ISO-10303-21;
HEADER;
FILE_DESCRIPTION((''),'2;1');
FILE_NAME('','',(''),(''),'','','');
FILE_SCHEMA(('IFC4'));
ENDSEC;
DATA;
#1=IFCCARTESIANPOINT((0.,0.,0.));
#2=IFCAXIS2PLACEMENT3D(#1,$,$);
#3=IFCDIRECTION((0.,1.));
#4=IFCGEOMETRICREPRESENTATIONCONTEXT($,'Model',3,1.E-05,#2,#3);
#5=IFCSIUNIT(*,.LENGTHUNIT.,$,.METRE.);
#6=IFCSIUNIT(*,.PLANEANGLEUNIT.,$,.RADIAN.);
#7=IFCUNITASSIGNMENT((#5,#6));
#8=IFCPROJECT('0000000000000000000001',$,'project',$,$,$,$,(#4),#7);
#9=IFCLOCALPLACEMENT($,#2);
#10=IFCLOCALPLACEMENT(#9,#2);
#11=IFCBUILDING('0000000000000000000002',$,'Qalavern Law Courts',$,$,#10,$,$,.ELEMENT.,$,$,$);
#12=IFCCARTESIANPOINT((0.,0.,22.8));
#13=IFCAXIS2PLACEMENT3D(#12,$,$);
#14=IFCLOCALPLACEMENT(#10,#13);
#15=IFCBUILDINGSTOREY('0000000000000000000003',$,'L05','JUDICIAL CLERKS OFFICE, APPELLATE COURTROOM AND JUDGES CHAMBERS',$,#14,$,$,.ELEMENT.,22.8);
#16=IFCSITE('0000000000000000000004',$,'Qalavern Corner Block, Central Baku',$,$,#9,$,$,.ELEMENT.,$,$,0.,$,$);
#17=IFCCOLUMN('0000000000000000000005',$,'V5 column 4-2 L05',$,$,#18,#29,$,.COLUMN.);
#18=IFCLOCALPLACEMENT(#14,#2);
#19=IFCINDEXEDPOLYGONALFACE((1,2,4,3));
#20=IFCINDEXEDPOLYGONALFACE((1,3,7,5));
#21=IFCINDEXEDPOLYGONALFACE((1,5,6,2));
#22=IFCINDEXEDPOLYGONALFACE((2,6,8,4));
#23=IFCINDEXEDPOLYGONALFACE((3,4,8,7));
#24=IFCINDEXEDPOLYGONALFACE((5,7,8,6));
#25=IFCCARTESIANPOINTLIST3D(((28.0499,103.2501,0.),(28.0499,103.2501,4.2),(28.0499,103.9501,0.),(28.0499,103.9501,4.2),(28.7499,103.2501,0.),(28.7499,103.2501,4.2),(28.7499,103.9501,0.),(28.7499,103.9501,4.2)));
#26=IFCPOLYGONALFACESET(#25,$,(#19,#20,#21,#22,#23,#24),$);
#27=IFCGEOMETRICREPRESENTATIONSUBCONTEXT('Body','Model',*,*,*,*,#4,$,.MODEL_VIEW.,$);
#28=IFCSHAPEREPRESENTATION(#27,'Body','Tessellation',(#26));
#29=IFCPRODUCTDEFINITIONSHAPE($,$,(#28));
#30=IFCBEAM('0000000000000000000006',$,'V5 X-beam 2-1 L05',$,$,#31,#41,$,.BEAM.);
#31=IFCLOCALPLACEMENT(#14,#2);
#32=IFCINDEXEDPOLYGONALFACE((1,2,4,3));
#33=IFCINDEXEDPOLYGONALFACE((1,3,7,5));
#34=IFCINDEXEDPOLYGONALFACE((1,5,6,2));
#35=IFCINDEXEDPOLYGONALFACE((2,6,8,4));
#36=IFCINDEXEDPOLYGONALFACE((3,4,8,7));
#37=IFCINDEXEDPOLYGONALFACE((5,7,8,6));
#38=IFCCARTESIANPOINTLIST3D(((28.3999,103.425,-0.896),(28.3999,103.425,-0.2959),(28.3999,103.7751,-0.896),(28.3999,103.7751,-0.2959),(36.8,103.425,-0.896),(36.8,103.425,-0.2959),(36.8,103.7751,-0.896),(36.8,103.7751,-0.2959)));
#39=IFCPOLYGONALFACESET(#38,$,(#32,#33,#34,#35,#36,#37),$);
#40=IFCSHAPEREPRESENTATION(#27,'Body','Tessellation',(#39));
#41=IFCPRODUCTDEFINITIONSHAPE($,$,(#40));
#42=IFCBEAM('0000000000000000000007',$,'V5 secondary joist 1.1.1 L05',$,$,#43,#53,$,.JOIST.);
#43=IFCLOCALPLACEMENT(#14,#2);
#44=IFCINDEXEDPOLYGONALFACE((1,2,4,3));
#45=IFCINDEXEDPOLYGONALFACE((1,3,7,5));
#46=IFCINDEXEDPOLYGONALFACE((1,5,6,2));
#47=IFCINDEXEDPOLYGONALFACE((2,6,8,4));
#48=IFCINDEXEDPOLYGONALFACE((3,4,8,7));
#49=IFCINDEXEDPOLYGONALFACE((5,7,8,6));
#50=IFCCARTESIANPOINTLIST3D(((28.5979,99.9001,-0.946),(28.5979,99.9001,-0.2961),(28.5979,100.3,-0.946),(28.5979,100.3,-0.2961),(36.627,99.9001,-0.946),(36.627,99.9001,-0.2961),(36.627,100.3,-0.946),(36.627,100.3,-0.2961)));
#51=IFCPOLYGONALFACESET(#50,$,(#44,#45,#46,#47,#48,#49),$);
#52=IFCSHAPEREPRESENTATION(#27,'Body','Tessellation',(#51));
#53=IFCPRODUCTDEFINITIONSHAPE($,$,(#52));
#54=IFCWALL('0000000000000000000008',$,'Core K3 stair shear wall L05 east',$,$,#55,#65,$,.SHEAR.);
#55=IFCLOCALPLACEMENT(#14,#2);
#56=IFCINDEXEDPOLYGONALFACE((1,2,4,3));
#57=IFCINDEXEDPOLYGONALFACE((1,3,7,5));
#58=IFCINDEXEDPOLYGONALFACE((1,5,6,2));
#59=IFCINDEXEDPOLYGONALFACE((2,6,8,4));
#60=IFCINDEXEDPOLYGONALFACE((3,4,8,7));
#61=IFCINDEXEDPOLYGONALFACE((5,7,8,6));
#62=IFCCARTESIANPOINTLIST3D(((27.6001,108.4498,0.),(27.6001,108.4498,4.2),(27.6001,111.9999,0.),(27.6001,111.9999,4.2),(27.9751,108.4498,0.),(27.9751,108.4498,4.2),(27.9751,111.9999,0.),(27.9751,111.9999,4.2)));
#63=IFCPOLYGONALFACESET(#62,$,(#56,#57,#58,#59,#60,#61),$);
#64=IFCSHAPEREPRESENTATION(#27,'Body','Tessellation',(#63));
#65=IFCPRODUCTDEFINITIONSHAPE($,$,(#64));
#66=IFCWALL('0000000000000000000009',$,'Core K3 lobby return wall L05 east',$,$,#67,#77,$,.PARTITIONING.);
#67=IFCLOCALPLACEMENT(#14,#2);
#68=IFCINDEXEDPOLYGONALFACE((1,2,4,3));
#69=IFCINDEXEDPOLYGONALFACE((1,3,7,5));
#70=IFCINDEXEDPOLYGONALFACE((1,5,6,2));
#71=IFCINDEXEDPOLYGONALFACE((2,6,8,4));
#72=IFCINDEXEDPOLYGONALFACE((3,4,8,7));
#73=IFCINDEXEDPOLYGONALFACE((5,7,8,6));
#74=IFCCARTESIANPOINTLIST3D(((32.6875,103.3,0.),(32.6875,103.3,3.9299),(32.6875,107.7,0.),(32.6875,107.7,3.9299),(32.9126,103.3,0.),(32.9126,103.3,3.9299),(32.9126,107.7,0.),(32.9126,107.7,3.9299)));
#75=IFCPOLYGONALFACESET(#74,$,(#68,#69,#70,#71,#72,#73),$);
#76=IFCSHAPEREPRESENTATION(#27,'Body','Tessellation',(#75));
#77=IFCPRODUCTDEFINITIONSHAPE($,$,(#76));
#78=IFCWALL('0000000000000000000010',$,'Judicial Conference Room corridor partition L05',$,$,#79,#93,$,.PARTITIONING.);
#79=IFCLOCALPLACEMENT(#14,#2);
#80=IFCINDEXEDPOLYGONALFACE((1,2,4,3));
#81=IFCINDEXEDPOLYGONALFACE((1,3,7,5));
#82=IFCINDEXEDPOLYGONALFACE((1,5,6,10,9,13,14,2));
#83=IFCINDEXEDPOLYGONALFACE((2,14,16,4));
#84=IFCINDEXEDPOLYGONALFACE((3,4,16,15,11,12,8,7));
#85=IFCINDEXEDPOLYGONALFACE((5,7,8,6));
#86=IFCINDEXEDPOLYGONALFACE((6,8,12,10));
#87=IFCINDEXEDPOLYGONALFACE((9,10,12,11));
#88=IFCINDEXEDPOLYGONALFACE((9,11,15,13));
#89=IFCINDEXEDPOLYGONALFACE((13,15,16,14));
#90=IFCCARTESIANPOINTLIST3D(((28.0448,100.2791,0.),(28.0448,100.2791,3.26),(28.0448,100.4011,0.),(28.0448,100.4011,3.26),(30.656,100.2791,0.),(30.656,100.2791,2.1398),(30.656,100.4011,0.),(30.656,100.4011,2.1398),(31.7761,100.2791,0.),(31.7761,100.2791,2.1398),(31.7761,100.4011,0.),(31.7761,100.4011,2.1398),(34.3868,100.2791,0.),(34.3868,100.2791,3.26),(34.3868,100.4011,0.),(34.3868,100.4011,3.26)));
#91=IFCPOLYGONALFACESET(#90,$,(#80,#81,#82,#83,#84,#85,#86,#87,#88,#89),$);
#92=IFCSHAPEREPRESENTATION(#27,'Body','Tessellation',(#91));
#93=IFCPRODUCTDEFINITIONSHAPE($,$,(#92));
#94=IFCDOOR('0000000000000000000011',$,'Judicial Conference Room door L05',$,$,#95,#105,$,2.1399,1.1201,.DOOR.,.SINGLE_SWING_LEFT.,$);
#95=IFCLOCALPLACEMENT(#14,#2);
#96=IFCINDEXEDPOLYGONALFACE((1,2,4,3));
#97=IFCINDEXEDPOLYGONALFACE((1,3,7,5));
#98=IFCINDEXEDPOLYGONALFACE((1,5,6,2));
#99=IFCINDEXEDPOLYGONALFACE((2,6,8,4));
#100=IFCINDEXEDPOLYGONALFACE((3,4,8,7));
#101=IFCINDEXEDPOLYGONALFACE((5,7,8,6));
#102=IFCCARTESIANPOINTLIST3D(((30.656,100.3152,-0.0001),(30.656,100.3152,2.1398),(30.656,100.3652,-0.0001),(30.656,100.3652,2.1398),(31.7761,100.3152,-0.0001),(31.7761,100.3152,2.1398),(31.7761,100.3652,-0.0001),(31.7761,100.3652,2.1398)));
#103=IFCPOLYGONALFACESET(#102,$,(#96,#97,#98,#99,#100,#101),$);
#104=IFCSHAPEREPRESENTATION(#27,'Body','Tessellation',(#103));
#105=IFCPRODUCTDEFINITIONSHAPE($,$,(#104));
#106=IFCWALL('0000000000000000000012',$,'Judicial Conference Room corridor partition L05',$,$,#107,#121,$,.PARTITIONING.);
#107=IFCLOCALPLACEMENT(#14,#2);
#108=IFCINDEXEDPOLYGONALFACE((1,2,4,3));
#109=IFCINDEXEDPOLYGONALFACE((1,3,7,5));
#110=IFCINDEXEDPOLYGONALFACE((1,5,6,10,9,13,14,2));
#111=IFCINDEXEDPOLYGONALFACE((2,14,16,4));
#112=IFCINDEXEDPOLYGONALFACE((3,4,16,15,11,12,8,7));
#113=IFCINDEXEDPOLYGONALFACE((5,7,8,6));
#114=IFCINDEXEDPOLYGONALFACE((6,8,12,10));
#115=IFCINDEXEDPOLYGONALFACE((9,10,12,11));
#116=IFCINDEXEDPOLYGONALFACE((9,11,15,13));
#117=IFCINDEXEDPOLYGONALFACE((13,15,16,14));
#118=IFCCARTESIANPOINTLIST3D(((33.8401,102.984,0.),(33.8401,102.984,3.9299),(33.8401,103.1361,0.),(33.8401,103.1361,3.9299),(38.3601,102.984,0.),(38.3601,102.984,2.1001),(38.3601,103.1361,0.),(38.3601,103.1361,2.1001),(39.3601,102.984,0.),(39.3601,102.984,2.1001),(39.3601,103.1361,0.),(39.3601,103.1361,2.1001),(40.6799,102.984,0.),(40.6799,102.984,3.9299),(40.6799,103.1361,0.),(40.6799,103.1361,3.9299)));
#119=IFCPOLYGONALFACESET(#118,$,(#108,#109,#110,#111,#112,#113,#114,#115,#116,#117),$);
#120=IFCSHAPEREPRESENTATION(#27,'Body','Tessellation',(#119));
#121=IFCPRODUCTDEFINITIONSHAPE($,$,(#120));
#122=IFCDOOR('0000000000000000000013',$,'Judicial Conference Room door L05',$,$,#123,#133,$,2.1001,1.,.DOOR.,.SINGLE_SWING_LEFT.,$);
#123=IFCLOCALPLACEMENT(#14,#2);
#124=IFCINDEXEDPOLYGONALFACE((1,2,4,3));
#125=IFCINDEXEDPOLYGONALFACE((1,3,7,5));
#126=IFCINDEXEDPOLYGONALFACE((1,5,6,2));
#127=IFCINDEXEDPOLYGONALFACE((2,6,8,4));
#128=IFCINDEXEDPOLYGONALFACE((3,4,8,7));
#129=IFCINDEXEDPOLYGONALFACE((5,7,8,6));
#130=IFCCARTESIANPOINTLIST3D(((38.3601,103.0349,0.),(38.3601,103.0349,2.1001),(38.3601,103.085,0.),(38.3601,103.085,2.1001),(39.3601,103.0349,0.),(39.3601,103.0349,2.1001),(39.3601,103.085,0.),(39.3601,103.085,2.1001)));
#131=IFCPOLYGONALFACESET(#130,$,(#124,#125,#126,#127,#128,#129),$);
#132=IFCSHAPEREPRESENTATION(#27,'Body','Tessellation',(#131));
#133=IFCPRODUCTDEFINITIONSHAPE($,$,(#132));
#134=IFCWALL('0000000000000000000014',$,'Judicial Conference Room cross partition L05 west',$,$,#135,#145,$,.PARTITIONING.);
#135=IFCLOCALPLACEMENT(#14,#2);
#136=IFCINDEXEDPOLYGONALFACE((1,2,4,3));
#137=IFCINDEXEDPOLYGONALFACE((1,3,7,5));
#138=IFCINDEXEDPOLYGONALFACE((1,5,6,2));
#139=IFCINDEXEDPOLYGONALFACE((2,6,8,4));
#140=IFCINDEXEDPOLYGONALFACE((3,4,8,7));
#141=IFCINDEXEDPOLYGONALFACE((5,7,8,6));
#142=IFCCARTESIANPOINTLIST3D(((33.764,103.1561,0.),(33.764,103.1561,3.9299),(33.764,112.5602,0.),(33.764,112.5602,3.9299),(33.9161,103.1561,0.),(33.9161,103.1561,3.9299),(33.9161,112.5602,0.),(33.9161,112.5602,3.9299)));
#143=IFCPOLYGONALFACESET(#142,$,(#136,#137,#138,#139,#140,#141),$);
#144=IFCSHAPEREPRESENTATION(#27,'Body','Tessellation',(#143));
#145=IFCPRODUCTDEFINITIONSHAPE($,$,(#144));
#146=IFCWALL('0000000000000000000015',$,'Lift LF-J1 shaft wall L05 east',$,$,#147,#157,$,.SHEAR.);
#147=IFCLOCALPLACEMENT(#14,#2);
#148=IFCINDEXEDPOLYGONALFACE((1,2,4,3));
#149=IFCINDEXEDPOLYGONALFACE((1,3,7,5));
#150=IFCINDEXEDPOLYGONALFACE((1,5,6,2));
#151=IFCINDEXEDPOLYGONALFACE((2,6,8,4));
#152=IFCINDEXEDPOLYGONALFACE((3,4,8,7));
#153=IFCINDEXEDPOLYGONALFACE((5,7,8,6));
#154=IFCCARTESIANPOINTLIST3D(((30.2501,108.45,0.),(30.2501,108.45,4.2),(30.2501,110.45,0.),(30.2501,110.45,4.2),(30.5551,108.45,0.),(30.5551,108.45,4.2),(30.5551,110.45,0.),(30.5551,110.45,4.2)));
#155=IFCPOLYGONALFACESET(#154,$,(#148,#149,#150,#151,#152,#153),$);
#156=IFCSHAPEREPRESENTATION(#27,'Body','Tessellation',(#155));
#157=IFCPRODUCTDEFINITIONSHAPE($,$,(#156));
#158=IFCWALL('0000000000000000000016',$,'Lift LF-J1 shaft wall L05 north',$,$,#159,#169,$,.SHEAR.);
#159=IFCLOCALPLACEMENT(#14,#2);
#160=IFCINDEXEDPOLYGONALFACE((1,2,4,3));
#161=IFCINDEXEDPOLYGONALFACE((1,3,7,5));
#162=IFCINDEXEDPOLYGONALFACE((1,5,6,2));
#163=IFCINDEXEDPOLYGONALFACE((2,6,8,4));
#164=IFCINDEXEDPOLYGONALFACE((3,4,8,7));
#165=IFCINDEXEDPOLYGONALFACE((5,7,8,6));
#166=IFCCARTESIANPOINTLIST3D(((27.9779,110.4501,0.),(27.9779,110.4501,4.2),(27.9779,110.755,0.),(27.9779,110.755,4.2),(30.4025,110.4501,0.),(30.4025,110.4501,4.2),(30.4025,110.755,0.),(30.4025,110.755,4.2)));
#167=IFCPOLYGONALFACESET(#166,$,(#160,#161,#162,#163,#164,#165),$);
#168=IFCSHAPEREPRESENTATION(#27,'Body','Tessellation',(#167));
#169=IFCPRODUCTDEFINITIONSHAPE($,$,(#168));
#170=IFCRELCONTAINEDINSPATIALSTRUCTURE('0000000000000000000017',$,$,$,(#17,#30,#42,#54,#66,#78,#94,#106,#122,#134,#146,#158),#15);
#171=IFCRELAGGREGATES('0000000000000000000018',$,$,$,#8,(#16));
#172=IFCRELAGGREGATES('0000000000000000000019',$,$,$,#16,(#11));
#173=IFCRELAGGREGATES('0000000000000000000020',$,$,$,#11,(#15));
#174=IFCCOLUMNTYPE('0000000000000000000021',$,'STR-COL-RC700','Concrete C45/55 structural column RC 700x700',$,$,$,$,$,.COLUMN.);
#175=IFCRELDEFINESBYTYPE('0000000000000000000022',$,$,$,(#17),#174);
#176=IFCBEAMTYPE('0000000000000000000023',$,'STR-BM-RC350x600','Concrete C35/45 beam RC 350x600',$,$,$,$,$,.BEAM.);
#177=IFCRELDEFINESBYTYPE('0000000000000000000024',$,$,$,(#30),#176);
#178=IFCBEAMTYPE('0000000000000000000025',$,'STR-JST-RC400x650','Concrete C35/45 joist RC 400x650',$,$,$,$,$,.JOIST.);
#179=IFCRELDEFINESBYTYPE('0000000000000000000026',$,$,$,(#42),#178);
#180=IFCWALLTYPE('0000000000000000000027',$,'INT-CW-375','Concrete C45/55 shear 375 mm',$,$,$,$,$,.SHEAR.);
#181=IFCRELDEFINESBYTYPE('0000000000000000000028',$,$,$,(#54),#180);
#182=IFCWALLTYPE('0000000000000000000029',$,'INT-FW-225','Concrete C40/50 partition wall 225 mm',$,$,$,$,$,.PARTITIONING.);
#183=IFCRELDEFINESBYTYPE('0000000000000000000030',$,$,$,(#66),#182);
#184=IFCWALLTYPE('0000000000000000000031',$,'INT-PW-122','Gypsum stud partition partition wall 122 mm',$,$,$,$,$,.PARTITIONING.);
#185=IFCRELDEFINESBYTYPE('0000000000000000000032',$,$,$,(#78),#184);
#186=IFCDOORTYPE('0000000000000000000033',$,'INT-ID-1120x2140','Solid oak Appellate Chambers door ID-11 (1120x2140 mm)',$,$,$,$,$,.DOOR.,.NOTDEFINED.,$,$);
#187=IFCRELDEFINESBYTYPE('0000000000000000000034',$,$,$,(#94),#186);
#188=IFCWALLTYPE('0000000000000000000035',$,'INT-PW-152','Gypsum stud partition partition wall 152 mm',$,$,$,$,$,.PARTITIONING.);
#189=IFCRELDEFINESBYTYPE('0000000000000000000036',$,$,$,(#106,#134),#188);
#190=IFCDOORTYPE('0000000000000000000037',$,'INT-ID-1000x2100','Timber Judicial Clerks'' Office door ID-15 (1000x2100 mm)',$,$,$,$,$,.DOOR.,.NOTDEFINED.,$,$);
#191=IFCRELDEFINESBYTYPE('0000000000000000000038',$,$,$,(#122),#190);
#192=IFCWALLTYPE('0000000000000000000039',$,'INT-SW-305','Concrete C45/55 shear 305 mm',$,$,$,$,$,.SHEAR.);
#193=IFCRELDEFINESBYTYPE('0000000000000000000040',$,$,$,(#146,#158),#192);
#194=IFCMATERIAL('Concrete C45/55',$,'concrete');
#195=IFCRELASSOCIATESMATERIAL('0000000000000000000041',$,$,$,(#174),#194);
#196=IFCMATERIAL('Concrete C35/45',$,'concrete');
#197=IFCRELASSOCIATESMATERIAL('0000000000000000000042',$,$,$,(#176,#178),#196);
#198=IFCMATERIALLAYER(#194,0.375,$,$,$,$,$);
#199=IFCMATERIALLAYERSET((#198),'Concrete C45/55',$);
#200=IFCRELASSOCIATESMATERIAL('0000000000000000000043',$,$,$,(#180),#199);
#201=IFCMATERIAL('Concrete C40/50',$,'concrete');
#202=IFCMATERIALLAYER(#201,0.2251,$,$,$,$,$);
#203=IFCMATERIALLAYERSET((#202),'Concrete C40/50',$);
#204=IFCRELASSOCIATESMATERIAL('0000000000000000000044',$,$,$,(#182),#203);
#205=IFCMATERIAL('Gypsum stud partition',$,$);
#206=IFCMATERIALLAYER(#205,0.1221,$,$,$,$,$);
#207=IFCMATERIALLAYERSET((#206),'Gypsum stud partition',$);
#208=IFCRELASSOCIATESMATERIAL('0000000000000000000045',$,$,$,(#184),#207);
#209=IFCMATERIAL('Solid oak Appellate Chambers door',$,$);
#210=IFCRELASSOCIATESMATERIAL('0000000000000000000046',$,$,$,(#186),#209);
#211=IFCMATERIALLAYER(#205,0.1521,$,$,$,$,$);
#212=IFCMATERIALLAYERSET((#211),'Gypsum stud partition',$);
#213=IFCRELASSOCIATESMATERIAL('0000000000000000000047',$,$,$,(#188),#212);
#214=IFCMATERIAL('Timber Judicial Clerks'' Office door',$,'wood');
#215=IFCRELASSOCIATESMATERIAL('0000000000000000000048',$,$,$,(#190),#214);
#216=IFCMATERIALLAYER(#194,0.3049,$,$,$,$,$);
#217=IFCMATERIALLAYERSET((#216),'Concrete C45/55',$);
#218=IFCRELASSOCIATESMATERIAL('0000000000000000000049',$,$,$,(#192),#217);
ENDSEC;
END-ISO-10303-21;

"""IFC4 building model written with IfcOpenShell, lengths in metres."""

from ifc_helpers import new_model, si_unit, direction, frame, frame_2d, origin, origin_2d, place, context, subcontext, project, spatial, rectangle, extrude, material, layer, layer_set, material_profile, profile_set, type_object, element, fill, save


model = new_model("IFC4")

# Units and contexts
model_context = context("Model", 3, precision=1e-05, world=origin(), true_north=direction((0.0, 1.0)))
body_context = subcontext(model_context, "Body", "Model", "MODEL_VIEW")
ifc_project = project(units=[si_unit("LENGTHUNIT", "METRE"), si_unit("PLANEANGLEUNIT", "RADIAN")], contexts=[model_context])

# Site, building, storey
site_placement = place(None, origin())
site = spatial("IfcSite", under=ifc_project, at=site_placement, Name="Qalavern Corner Block, Central Baku", CompositionType="ELEMENT", RefElevation=0.0)
building_placement = place(site_placement, origin())
building = spatial("IfcBuilding", under=site, at=building_placement, Name="Qalavern Law Courts", CompositionType="ELEMENT")
storey_placement = place(building_placement, frame((0.0, 0.0, 22.8)))
storey = spatial("IfcBuildingStorey", under=building, at=storey_placement, Name="L05", Description="JUDICIAL CLERKS OFFICE, APPELLATE COURTROOM AND JUDGES CHAMBERS", CompositionType="ELEMENT", Elevation=22.8)

# Column
ifc_material_1 = material(Name="Concrete C45/55", Category="concrete")
ifc_material_profile_1 = material_profile(ifc_material_1, rectangle(XDim=0.7, YDim=0.7, at=origin_2d()), Name="RC 700x700")
ifc_profile_set_1 = profile_set([ifc_material_profile_1], Name="Concrete C45/55")
column_type = type_object("IfcColumnType", Name="STR-COL-RC700", Description="Concrete C45/55 structural column RC 700x700", PredefinedType="COLUMN", material=ifc_profile_set_1)
column_placement = place(storey_placement, frame((28.3999, 103.6001, 0.0), z_axis=(0.0, 0.0, 1.0), x_axis=(1.0, 0.0, 0.0)))
element("IfcColumn", 1, at=column_placement, inside=storey, type_object=column_type, Name="V5 column 4-2 L05", PredefinedType="COLUMN", context=body_context, shape_type="SweptSolid", body=[
    extrude(rectangle(XDim=0.7, YDim=0.7, at=origin_2d()), origin(), (0.0, 0.0, 1.0), 4.2),
])

# Beams
ifc_material_2 = material(Name="Concrete C35/45", Category="concrete")
ifc_material_profile_2 = material_profile(ifc_material_2, rectangle(XDim=0.3501, YDim=0.6001, at=origin_2d()), Name="RC 350x600")
ifc_profile_set_2 = profile_set([ifc_material_profile_2], Name="Concrete C35/45")
beam_type_1 = type_object("IfcBeamType", Name="STR-BM-RC350x600", Description="Concrete C35/45 beam RC 350x600", PredefinedType="BEAM", material=ifc_profile_set_2)
beam_1_placement = place(storey_placement, frame((28.3999, 103.6001, -0.5959), z_axis=(1.0, 0.0, 0.0), x_axis=(0.0, 1.0, 0.0)))
element("IfcBeam", 2, at=beam_1_placement, inside=storey, type_object=beam_type_1, Name="V5 X-beam 2-1 L05", PredefinedType="BEAM", context=body_context, shape_type="SweptSolid", body=[
    extrude(rectangle(XDim=0.3501, YDim=0.6001, at=origin_2d()), origin(), (0.0, 0.0, 1.0), 8.4001),
])
ifc_material_profile_3 = material_profile(ifc_material_2, rectangle(XDim=0.3999, YDim=0.6499, at=origin_2d()), Name="RC 400x650")
ifc_profile_set_3 = profile_set([ifc_material_profile_3], Name="Concrete C35/45")
beam_type_2 = type_object("IfcBeamType", Name="STR-JST-RC400x650", Description="Concrete C35/45 joist RC 400x650", PredefinedType="JOIST", material=ifc_profile_set_3)
beam_2_placement = place(storey_placement, frame((28.5979, 100.1001, -0.6211), z_axis=(1.0, 0.0, 0.0), x_axis=(0.0, 1.0, 0.0)))
element("IfcBeam", 3, at=beam_2_placement, inside=storey, type_object=beam_type_2, Name="V5 secondary joist 1.1.1 L05", PredefinedType="JOIST", context=body_context, shape_type="SweptSolid", body=[
    extrude(rectangle(XDim=0.3999, YDim=0.6499, at=origin_2d()), origin(), (0.0, 0.0, 1.0), 8.0291),
])

# Walls
ifc_layer_1 = layer(ifc_material_1, 0.375)
ifc_layer_set_1 = layer_set([ifc_layer_1], Name="Concrete C45/55")
wall_type_1 = type_object("IfcWallType", Name="INT-CW-375", Description="Concrete C45/55 shear 375 mm", PredefinedType="SHEAR", material=ifc_layer_set_1)
wall_1_placement = place(storey_placement, frame((27.7876, 108.45, 0.0), z_axis=(0.0, 0.0, 1.0), x_axis=(0.0, 1.0, 0.0)))
element("IfcWall", 4, at=wall_1_placement, inside=storey, type_object=wall_type_1, Name="Core K3 stair shear wall L05 east", PredefinedType="SHEAR", context=body_context, shape_type="SweptSolid", body=[
    extrude(rectangle(XDim=3.55, YDim=0.375, at=frame_2d((1.7749, 0.0))), origin(), (0.0, 0.0, 1.0), 4.2),
])
ifc_material_3 = material(Name="Concrete C40/50", Category="concrete")
ifc_layer_2 = layer(ifc_material_3, 0.2251)
ifc_layer_set_2 = layer_set([ifc_layer_2], Name="Concrete C40/50")
wall_type_2 = type_object("IfcWallType", Name="INT-FW-225", Description="Concrete C40/50 partition wall 225 mm", PredefinedType="PARTITIONING", material=ifc_layer_set_2)
wall_2_placement = place(storey_placement, frame((32.8, 103.3, 0.0), z_axis=(0.0, 0.0, 1.0), x_axis=(0.0, 1.0, 0.0)))
element("IfcWall", 5, at=wall_2_placement, inside=storey, type_object=wall_type_2, Name="Core K3 lobby return wall L05 east", PredefinedType="PARTITIONING", context=body_context, shape_type="SweptSolid", body=[
    extrude(rectangle(XDim=4.3999, YDim=0.2251, at=frame_2d((2.2, 0.0))), origin(), (0.0, 0.0, 1.0), 3.9299),
])

# Walls, openings, doors
ifc_material_4 = material(Name="Gypsum stud partition")
ifc_layer_3 = layer(ifc_material_4, 0.1221)
ifc_layer_set_3 = layer_set([ifc_layer_3], Name="Gypsum stud partition")
wall_type_3 = type_object("IfcWallType", Name="INT-PW-122", Description="Gypsum stud partition partition wall 122 mm", PredefinedType="PARTITIONING", material=ifc_layer_set_3)
wall_3_placement = place(storey_placement, frame((28.0449, 100.3401, 0.0), z_axis=(0.0, 0.0, 1.0), x_axis=(1.0, 0.0, 0.0)))
wall_3 = element("IfcWall", 6, at=wall_3_placement, inside=storey, type_object=wall_type_3, Name="Judicial Conference Room corridor partition L05", PredefinedType="PARTITIONING", context=body_context, shape_type="SweptSolid", body=[
    extrude(rectangle(XDim=6.342, YDim=0.1221, at=frame_2d((3.1709, 0.0))), origin(), (0.0, 0.0, 1.0), 3.26),
])
opening_1_placement = place(wall_3_placement, frame((2.6111, 0.0, 0.0)))
opening_1 = element("IfcOpeningElement", 7, at=opening_1_placement, cuts=wall_3, PredefinedType="OPENING", context=body_context, shape_type="SweptSolid", body=[
    extrude(rectangle(XDim=1.1201, YDim=2.1399, at=frame_2d((0.5601, 1.0698))), frame((0.0, 0.0759, 0.0), z_axis=(0.0, -1.0, 0.0), x_axis=(1.0, 0.0, 0.0)), (0.0, 0.0, 1.0), 0.1519),
])
ifc_material_5 = material(Name="Solid oak Appellate Chambers door")
door_type_1 = type_object("IfcDoorType", Name="INT-ID-1120x2140", Description="Solid oak Appellate Chambers door ID-11 (1120x2140 mm)", OperationType="NOTDEFINED", PredefinedType="DOOR", material=ifc_material_5)
door_1_placement = place(opening_1_placement, frame((1.1201, 0.0, 0.0), z_axis=(0.0, 0.0, 1.0), x_axis=(-1.0, 0.0, 0.0)))
door_1 = element("IfcDoor", 8, at=door_1_placement, inside=storey, type_object=door_type_1, Name="Judicial Conference Room door L05", OperationType="SINGLE_SWING_LEFT", OverallHeight=2.1399, OverallWidth=1.1201, PredefinedType="DOOR", context=body_context, shape_type="SweptSolid", body=[
    extrude(rectangle(XDim=1.1201, YDim=2.1399, at=frame_2d((0.5601, 1.0698))), frame((0.0, 0.0249, 0.0), z_axis=(0.0, -1.0, 0.0), x_axis=(1.0, 0.0, 0.0)), (0.0, 0.0, 1.0), 0.05),
])
fill(opening_1, door_1)
ifc_layer_4 = layer(ifc_material_4, 0.1521)
ifc_layer_set_4 = layer_set([ifc_layer_4], Name="Gypsum stud partition")
wall_type_4 = type_object("IfcWallType", Name="INT-PW-152", Description="Gypsum stud partition partition wall 152 mm", PredefinedType="PARTITIONING", material=ifc_layer_set_4)
wall_4_placement = place(storey_placement, frame((33.8401, 103.0601, 0.0), z_axis=(0.0, 0.0, 1.0), x_axis=(1.0, 0.0, 0.0)))
wall_4 = element("IfcWall", 9, at=wall_4_placement, inside=storey, type_object=wall_type_4, Name="Judicial Conference Room corridor partition L05", PredefinedType="PARTITIONING", context=body_context, shape_type="SweptSolid", body=[
    extrude(rectangle(XDim=6.8398, YDim=0.1521, at=frame_2d((3.4199, 0.0))), origin(), (0.0, 0.0, 1.0), 3.9299),
])
opening_2_placement = place(wall_4_placement, frame((4.52, 0.0, 0.0)))
opening_2 = element("IfcOpeningElement", 10, at=opening_2_placement, cuts=wall_4, PredefinedType="OPENING", context=body_context, shape_type="SweptSolid", body=[
    extrude(rectangle(XDim=1.0, YDim=2.1001, at=frame_2d((0.5, 1.05))), frame((0.0, 0.0908, 0.0), z_axis=(0.0, -1.0, 0.0), x_axis=(1.0, 0.0, 0.0)), (0.0, 0.0, 1.0), 0.1819),
])
ifc_material_6 = material(Name="Timber Judicial Clerks' Office door", Category="wood")
door_type_2 = type_object("IfcDoorType", Name="INT-ID-1000x2100", Description="Timber Judicial Clerks' Office door ID-15 (1000x2100 mm)", OperationType="NOTDEFINED", PredefinedType="DOOR", material=ifc_material_6)
door_2_placement = place(opening_2_placement, origin())
door_2 = element("IfcDoor", 11, at=door_2_placement, inside=storey, type_object=door_type_2, Name="Judicial Conference Room door L05", OperationType="SINGLE_SWING_LEFT", OverallHeight=2.1001, OverallWidth=1.0, PredefinedType="DOOR", context=body_context, shape_type="SweptSolid", body=[
    extrude(rectangle(XDim=1.0, YDim=2.1001, at=frame_2d((0.5, 1.05))), frame((0.0, 0.0249, 0.0), z_axis=(0.0, -1.0, 0.0), x_axis=(1.0, 0.0, 0.0)), (0.0, 0.0, 1.0), 0.05),
])
fill(opening_2, door_2)

# Wall
wall_5_placement = place(storey_placement, frame((33.8401, 103.156, 0.0), z_axis=(0.0, 0.0, 1.0), x_axis=(0.0, 1.0, 0.0)))
element("IfcWall", 12, at=wall_5_placement, inside=storey, type_object=wall_type_4, Name="Judicial Conference Room cross partition L05 west", PredefinedType="PARTITIONING", context=body_context, shape_type="SweptSolid", body=[
    extrude(rectangle(XDim=9.4041, YDim=0.1521, at=frame_2d((4.7021, 0.0))), origin(), (0.0, 0.0, 1.0), 3.9299),
])

# Shared definitions
ifc_layer_5 = layer(ifc_material_1, 0.3049)
ifc_layer_set_5 = layer_set([ifc_layer_5], Name="Concrete C45/55")
wall_type_5 = type_object("IfcWallType", Name="INT-SW-305", Description="Concrete C45/55 shear 305 mm", PredefinedType="SHEAR", material=ifc_layer_set_5)

# Walls
wall_6_placement = place(storey_placement, frame((30.4026, 108.45, 0.0), z_axis=(0.0, 0.0, 1.0), x_axis=(0.0, 1.0, 0.0)))
element("IfcWall", 13, at=wall_6_placement, inside=storey, type_object=wall_type_5, Name="Lift LF-J1 shaft wall L05 east", PredefinedType="SHEAR", context=body_context, shape_type="SweptSolid", body=[
    extrude(rectangle(XDim=2.0, YDim=0.3049, at=frame_2d((1.0, 0.0))), origin(), (0.0, 0.0, 1.0), 4.2),
])
wall_7_placement = place(storey_placement, frame((30.4026, 110.6025, 0.0), z_axis=(0.0, 0.0, 1.0), x_axis=(-1.0, 0.0, 0.0)))
element("IfcWall", 14, at=wall_7_placement, inside=storey, type_object=wall_type_5, Name="Lift LF-J1 shaft wall L05 north", PredefinedType="SHEAR", context=body_context, shape_type="SweptSolid", body=[
    extrude(rectangle(XDim=2.4246, YDim=0.3049, at=frame_2d((1.2124, 0.0))), origin(), (0.0, 0.0, 1.0), 4.2),
])

save(model, "model.ifc")
